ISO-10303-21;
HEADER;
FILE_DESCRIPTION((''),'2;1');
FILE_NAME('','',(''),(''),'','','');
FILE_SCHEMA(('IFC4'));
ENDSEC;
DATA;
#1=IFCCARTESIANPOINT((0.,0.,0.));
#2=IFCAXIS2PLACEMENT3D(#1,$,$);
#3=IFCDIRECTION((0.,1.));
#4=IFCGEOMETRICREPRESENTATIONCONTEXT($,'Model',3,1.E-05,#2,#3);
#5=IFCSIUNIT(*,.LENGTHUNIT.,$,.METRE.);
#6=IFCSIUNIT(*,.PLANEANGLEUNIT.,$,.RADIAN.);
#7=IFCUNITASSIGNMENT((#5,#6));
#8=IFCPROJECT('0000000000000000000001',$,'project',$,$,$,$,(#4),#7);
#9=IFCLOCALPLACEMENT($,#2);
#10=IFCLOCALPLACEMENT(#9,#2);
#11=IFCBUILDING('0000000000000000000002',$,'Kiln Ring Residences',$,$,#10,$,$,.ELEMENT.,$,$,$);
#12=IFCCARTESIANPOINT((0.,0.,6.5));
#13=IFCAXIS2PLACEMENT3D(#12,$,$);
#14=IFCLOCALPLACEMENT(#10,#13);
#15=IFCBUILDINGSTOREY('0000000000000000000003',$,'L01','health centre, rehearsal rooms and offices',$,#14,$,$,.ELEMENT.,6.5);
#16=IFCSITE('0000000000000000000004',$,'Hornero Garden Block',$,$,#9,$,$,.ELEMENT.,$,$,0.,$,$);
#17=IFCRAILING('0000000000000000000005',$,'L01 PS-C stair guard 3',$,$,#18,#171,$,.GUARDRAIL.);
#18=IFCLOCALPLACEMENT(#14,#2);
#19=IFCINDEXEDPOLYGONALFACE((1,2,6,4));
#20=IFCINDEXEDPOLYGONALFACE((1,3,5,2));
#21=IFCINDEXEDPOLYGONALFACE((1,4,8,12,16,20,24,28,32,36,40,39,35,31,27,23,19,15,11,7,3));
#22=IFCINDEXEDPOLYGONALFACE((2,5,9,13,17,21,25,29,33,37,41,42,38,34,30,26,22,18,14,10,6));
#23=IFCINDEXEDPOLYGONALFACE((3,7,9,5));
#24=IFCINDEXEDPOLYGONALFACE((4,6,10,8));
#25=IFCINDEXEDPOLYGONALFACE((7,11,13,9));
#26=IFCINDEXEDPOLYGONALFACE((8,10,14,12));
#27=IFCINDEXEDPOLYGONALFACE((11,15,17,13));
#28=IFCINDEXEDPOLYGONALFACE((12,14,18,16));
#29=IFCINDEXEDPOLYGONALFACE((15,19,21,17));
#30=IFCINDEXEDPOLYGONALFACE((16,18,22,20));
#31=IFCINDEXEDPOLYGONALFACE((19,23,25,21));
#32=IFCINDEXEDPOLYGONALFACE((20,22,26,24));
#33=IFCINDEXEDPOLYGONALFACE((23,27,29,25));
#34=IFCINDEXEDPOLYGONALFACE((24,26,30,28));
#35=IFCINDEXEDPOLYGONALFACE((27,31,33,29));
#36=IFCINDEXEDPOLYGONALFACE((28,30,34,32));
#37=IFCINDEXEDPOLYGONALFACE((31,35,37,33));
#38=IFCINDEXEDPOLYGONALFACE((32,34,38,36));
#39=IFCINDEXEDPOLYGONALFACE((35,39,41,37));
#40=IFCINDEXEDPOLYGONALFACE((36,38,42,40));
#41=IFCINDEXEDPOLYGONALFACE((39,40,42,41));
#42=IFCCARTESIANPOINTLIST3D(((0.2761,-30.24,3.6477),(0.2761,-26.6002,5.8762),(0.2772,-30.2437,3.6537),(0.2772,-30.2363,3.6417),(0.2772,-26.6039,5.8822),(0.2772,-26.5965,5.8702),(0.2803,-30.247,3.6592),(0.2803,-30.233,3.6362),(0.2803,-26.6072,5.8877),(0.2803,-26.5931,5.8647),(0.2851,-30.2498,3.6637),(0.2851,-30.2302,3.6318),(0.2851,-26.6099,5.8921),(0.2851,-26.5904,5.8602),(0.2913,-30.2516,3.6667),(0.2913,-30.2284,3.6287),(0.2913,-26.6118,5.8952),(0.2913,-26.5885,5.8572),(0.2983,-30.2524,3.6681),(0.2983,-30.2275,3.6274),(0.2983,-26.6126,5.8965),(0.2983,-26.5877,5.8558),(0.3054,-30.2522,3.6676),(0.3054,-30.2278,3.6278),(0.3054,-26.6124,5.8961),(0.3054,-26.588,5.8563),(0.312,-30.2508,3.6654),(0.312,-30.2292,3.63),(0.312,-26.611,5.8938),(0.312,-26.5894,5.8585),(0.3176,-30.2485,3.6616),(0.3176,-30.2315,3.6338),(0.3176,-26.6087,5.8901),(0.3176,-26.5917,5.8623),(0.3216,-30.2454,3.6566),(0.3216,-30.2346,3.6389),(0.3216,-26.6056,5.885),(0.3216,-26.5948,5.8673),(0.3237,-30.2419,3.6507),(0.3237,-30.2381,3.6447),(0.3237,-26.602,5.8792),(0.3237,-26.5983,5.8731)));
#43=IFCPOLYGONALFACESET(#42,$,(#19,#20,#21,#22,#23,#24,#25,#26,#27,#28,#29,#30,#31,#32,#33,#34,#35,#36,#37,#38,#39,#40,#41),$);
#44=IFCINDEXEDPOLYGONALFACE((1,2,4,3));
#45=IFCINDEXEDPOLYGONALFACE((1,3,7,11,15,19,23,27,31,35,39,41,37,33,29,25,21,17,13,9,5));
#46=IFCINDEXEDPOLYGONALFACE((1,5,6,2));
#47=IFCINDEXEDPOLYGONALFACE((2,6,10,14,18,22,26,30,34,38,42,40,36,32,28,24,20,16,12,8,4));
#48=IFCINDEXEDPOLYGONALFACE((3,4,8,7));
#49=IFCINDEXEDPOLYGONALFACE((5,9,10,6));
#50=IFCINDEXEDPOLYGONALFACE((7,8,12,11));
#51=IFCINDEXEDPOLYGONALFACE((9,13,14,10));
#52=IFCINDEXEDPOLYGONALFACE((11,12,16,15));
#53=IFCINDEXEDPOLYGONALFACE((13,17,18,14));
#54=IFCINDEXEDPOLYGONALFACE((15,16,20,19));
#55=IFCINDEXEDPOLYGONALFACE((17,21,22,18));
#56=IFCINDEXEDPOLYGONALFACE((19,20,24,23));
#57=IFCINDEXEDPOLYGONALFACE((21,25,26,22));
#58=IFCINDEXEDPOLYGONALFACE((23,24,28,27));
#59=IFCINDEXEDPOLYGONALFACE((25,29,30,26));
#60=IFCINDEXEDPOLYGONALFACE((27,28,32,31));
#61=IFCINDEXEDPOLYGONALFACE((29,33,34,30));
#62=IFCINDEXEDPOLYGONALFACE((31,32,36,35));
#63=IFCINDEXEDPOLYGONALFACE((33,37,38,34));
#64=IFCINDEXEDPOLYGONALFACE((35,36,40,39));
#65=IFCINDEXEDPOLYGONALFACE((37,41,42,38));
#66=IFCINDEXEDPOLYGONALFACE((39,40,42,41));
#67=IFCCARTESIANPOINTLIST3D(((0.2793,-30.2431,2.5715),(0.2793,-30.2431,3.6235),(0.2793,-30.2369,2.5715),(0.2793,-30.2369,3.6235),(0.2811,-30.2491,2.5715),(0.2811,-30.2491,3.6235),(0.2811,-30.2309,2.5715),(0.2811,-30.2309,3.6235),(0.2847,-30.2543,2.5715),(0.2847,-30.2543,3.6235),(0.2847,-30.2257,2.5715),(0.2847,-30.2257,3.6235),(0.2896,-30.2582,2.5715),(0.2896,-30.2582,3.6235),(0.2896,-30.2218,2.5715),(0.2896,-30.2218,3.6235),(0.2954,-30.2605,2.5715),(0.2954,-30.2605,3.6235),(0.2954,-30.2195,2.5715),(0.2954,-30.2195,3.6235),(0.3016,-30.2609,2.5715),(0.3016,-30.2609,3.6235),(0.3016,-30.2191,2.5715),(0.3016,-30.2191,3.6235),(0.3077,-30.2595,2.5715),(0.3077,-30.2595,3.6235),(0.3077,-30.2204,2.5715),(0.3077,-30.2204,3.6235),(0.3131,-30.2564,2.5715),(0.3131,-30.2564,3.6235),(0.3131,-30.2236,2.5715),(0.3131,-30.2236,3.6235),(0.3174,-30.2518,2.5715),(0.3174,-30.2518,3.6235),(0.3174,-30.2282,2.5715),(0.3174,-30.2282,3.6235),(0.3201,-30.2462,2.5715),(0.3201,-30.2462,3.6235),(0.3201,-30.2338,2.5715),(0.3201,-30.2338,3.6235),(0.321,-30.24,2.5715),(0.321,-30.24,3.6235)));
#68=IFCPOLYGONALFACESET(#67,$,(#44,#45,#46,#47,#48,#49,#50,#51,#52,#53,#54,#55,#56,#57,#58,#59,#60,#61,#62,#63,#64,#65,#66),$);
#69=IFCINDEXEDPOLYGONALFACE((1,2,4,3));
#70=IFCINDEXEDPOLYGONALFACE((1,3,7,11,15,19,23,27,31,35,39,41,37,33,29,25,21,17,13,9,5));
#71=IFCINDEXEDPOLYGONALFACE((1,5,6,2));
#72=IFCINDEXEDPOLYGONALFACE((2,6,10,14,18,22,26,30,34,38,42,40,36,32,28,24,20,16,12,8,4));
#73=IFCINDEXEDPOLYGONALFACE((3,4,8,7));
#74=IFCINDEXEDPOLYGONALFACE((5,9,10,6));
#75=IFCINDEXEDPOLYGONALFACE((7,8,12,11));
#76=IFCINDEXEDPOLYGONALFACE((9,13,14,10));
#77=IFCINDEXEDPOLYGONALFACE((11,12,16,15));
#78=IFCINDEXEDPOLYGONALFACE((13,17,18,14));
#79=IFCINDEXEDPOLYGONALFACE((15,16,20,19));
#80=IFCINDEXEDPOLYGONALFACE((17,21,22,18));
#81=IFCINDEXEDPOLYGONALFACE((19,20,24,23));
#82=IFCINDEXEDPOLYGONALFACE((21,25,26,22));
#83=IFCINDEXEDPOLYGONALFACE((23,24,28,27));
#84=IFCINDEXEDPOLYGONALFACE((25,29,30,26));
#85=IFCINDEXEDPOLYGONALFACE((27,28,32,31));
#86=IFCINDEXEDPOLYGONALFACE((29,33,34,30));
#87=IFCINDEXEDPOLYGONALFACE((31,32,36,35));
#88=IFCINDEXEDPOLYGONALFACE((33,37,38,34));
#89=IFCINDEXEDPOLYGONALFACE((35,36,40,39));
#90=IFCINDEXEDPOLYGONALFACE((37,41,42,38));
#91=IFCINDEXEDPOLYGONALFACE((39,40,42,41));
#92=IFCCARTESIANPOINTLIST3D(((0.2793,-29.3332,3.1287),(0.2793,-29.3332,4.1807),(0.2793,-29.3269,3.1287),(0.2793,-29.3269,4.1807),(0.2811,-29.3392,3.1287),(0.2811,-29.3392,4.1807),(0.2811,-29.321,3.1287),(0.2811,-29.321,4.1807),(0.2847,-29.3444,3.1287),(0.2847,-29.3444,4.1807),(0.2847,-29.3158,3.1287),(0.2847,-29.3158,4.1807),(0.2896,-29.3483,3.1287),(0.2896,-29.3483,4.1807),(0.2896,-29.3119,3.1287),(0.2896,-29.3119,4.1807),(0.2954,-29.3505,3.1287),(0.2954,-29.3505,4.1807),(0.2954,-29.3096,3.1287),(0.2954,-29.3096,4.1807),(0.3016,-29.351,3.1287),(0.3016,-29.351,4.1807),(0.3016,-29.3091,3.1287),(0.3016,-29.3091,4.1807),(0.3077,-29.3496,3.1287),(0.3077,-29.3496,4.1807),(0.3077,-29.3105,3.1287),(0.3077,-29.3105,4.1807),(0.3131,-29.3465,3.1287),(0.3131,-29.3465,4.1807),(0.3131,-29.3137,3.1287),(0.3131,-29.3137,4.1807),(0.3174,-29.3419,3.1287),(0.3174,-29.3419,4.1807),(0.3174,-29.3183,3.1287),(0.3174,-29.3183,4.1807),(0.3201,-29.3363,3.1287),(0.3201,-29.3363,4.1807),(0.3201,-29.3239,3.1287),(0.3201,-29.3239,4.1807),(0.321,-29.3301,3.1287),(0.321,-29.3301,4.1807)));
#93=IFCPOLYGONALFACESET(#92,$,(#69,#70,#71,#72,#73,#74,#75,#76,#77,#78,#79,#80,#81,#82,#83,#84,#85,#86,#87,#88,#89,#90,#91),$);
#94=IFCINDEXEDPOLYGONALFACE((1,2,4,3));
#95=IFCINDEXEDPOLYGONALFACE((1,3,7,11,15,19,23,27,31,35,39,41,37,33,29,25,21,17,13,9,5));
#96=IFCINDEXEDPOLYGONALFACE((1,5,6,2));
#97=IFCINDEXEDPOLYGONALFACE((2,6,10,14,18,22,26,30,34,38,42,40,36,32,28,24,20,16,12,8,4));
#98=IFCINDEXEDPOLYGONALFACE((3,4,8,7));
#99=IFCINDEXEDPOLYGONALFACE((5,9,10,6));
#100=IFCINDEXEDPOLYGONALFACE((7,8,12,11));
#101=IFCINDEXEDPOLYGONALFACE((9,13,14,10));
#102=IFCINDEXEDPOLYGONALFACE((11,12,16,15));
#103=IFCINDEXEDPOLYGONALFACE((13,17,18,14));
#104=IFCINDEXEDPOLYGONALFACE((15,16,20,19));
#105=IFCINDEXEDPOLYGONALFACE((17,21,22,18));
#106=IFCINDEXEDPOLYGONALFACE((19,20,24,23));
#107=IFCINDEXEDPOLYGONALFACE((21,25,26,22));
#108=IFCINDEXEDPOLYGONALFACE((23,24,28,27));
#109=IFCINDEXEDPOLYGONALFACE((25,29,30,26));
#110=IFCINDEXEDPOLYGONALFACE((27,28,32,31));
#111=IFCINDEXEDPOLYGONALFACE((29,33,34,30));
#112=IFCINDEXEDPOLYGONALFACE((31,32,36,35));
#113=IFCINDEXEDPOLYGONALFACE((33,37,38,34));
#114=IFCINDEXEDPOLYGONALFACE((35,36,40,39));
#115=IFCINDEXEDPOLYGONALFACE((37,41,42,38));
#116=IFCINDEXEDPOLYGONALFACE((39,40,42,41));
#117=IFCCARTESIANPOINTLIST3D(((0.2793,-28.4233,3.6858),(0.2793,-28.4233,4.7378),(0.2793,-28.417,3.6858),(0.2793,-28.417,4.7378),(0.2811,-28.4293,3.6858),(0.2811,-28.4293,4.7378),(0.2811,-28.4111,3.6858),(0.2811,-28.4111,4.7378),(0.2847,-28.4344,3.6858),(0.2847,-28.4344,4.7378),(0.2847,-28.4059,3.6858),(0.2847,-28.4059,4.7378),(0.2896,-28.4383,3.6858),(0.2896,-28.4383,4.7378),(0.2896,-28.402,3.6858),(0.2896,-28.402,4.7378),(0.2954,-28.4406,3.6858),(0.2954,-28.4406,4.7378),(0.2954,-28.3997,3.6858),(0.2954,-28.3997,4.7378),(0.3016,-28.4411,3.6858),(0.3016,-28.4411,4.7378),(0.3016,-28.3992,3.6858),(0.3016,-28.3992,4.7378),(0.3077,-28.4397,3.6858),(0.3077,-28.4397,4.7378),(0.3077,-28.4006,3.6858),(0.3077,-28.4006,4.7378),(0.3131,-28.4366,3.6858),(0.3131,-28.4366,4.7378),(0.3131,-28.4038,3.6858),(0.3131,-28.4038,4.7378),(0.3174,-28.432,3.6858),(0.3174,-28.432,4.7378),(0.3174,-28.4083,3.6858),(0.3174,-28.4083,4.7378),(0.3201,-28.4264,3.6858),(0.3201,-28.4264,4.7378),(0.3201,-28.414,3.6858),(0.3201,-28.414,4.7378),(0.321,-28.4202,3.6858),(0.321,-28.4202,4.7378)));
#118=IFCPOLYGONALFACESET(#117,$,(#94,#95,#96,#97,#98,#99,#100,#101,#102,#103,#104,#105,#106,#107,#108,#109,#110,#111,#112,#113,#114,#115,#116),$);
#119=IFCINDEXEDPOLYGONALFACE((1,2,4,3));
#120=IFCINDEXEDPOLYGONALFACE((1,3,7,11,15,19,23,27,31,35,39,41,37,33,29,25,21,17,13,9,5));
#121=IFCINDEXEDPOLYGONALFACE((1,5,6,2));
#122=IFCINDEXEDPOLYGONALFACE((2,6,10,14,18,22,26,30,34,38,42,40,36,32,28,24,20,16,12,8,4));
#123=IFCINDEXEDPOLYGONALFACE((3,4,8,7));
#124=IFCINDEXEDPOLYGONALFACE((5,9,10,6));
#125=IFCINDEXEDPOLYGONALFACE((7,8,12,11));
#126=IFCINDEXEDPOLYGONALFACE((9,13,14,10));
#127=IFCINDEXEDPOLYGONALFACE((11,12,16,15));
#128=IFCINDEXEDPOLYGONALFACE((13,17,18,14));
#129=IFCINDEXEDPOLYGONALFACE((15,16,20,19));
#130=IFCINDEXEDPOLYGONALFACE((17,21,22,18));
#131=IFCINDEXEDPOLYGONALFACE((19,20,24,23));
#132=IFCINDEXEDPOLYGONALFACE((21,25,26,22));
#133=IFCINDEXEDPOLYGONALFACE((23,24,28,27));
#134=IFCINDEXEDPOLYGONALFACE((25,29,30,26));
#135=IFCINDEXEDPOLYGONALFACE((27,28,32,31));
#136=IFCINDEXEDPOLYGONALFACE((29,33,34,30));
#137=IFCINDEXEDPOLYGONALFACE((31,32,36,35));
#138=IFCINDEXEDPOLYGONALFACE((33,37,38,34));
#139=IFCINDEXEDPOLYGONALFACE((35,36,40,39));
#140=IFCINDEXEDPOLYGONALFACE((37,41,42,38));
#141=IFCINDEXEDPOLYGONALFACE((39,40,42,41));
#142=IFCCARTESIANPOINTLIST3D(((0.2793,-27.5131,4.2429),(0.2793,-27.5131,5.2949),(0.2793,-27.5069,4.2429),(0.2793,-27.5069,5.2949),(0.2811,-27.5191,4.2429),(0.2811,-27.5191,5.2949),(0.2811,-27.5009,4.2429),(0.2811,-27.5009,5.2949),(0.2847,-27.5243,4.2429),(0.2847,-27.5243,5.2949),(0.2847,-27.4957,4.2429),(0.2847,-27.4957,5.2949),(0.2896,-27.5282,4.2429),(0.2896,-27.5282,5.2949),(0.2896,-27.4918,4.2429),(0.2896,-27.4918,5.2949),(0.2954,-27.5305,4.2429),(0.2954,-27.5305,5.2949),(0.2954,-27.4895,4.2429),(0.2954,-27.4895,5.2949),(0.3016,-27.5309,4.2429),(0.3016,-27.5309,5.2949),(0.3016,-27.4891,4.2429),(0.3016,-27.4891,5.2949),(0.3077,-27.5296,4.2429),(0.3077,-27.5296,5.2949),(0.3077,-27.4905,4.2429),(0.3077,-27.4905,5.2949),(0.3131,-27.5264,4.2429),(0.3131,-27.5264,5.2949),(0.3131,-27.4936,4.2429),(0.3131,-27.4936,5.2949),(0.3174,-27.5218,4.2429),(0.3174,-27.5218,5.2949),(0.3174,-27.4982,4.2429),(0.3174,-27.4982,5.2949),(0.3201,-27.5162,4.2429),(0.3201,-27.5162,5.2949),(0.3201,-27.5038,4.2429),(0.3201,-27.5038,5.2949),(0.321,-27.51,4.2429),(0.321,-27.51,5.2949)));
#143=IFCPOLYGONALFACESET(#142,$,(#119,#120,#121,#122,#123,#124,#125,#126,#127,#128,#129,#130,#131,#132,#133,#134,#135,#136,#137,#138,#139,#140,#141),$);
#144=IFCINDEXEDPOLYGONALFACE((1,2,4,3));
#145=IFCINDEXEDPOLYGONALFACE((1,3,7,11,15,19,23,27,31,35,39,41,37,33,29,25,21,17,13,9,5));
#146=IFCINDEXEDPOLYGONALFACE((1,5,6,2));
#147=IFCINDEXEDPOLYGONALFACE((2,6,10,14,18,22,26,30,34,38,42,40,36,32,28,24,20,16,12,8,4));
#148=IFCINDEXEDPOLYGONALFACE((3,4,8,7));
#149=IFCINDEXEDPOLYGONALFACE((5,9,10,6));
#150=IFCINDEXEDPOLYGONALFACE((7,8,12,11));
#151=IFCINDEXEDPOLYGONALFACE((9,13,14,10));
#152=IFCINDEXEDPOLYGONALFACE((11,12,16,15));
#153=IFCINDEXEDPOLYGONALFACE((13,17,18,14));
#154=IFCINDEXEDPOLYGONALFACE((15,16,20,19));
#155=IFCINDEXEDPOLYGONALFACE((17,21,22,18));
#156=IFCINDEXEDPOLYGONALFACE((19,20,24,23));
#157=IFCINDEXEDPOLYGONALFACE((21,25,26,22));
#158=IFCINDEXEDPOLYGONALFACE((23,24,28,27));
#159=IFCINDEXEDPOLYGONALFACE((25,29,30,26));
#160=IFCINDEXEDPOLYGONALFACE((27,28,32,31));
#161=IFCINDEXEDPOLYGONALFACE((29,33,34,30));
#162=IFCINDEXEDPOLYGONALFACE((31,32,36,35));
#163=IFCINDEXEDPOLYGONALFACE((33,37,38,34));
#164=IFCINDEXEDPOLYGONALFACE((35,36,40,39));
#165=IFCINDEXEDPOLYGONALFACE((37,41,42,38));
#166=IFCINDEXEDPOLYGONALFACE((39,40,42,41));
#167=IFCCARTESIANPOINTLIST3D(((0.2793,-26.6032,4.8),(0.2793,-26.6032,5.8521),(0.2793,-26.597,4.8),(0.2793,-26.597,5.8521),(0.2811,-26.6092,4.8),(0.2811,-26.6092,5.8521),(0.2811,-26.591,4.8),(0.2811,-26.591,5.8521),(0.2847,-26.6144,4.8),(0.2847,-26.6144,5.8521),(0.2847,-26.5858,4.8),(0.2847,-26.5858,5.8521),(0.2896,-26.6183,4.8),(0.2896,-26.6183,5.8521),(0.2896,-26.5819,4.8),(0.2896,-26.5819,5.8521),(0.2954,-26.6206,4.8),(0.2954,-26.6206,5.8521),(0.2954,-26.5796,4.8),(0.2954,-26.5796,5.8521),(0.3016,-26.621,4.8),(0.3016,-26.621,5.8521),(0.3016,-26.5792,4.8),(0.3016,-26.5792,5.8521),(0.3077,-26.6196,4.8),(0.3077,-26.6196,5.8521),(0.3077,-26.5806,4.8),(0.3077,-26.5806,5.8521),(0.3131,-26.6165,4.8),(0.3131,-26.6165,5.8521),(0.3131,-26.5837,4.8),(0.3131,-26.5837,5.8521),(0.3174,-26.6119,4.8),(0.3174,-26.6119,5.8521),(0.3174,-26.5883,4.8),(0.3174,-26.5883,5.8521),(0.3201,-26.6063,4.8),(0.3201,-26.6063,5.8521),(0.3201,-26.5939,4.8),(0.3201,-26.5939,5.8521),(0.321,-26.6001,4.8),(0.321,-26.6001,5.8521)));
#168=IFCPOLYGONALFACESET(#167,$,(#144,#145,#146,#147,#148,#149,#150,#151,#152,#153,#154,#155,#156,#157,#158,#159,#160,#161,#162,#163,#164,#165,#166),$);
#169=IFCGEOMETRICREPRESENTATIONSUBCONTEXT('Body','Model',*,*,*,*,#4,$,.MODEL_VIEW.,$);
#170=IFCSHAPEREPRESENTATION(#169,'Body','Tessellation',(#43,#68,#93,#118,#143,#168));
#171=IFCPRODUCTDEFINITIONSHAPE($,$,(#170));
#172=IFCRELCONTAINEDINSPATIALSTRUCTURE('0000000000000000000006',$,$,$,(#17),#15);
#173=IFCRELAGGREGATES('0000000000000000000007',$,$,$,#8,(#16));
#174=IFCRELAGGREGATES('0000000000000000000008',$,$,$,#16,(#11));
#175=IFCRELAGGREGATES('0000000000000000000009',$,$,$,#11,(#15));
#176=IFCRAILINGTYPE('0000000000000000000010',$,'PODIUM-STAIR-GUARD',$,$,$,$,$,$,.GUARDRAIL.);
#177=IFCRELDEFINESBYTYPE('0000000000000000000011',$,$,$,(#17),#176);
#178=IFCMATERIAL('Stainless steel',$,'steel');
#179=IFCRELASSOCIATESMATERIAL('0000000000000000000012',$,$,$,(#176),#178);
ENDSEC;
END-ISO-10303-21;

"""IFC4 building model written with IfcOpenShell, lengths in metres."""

from ifc_helpers import new_model, si_unit, direction, frame, origin, origin_2d, place, context, subcontext, project, spatial, circle, extrude, material, type_object, element, save


model = new_model("IFC4")

# Units and contexts
model_context = context("Model", 3, precision=1e-05, world=origin(), true_north=direction((0.0, 1.0)))
body_context = subcontext(model_context, "Body", "Model", "MODEL_VIEW")
ifc_project = project(units=[si_unit("LENGTHUNIT", "METRE"), si_unit("PLANEANGLEUNIT", "RADIAN")], contexts=[model_context])

# Site, building, storey
site_placement = place(None, origin())
site = spatial("IfcSite", under=ifc_project, at=site_placement, Name="Hornero Garden Block", CompositionType="ELEMENT", RefElevation=0.0)
building_placement = place(site_placement, origin())
building = spatial("IfcBuilding", under=site, at=building_placement, Name="Kiln Ring Residences", CompositionType="ELEMENT")
storey_placement = place(building_placement, frame((0.0, 0.0, 6.5)))
storey = spatial("IfcBuildingStorey", under=building, at=storey_placement, Name="L01", Description="health centre, rehearsal rooms and offices", CompositionType="ELEMENT", Elevation=6.5)

# Railing
ifc_material_1 = material(Name="Stainless steel", Category="steel")
railing_type_1 = type_object("IfcRailingType", Name="PODIUM-STAIR-GUARD", PredefinedType="GUARDRAIL", material=ifc_material_1)
railing_1_placement = place(storey_placement, frame((0.3, -30.24, 2.5715)))
element("IfcRailing", 1, at=railing_1_placement, inside=storey, type_object=railing_type_1, Name="L01 PS-C stair guard 3", PredefinedType="GUARDRAIL", context=body_context, shape_type="SweptSolid", body=[
    extrude(circle(Radius=0.0239, at=origin_2d()), frame((0.0, 0.0, 1.0762), z_axis=(0.0, 0.85285, 0.522156), x_axis=(-1.0, 0.0, 0.0)), (0.0, 0.0, 1.0), 4.2678),
    extrude(circle(Radius=0.021, at=origin_2d()), origin(), (0.0, 0.0, 1.0), 1.052),
    extrude(circle(Radius=0.021, at=origin_2d()), frame((0.0, 0.9099, 0.5571)), (0.0, 0.0, 1.0), 1.052),
    extrude(circle(Radius=0.021, at=origin_2d()), frame((0.0, 1.8198, 1.1143)), (0.0, 0.0, 1.0), 1.052),
    extrude(circle(Radius=0.021, at=origin_2d()), frame((0.0, 2.73, 1.6714)), (0.0, 0.0, 1.0), 1.052),
    extrude(circle(Radius=0.021, at=origin_2d()), frame((0.0, 3.6399, 2.2285)), (0.0, 0.0, 1.0), 1.052),
])

save(model, "model.ifc")
